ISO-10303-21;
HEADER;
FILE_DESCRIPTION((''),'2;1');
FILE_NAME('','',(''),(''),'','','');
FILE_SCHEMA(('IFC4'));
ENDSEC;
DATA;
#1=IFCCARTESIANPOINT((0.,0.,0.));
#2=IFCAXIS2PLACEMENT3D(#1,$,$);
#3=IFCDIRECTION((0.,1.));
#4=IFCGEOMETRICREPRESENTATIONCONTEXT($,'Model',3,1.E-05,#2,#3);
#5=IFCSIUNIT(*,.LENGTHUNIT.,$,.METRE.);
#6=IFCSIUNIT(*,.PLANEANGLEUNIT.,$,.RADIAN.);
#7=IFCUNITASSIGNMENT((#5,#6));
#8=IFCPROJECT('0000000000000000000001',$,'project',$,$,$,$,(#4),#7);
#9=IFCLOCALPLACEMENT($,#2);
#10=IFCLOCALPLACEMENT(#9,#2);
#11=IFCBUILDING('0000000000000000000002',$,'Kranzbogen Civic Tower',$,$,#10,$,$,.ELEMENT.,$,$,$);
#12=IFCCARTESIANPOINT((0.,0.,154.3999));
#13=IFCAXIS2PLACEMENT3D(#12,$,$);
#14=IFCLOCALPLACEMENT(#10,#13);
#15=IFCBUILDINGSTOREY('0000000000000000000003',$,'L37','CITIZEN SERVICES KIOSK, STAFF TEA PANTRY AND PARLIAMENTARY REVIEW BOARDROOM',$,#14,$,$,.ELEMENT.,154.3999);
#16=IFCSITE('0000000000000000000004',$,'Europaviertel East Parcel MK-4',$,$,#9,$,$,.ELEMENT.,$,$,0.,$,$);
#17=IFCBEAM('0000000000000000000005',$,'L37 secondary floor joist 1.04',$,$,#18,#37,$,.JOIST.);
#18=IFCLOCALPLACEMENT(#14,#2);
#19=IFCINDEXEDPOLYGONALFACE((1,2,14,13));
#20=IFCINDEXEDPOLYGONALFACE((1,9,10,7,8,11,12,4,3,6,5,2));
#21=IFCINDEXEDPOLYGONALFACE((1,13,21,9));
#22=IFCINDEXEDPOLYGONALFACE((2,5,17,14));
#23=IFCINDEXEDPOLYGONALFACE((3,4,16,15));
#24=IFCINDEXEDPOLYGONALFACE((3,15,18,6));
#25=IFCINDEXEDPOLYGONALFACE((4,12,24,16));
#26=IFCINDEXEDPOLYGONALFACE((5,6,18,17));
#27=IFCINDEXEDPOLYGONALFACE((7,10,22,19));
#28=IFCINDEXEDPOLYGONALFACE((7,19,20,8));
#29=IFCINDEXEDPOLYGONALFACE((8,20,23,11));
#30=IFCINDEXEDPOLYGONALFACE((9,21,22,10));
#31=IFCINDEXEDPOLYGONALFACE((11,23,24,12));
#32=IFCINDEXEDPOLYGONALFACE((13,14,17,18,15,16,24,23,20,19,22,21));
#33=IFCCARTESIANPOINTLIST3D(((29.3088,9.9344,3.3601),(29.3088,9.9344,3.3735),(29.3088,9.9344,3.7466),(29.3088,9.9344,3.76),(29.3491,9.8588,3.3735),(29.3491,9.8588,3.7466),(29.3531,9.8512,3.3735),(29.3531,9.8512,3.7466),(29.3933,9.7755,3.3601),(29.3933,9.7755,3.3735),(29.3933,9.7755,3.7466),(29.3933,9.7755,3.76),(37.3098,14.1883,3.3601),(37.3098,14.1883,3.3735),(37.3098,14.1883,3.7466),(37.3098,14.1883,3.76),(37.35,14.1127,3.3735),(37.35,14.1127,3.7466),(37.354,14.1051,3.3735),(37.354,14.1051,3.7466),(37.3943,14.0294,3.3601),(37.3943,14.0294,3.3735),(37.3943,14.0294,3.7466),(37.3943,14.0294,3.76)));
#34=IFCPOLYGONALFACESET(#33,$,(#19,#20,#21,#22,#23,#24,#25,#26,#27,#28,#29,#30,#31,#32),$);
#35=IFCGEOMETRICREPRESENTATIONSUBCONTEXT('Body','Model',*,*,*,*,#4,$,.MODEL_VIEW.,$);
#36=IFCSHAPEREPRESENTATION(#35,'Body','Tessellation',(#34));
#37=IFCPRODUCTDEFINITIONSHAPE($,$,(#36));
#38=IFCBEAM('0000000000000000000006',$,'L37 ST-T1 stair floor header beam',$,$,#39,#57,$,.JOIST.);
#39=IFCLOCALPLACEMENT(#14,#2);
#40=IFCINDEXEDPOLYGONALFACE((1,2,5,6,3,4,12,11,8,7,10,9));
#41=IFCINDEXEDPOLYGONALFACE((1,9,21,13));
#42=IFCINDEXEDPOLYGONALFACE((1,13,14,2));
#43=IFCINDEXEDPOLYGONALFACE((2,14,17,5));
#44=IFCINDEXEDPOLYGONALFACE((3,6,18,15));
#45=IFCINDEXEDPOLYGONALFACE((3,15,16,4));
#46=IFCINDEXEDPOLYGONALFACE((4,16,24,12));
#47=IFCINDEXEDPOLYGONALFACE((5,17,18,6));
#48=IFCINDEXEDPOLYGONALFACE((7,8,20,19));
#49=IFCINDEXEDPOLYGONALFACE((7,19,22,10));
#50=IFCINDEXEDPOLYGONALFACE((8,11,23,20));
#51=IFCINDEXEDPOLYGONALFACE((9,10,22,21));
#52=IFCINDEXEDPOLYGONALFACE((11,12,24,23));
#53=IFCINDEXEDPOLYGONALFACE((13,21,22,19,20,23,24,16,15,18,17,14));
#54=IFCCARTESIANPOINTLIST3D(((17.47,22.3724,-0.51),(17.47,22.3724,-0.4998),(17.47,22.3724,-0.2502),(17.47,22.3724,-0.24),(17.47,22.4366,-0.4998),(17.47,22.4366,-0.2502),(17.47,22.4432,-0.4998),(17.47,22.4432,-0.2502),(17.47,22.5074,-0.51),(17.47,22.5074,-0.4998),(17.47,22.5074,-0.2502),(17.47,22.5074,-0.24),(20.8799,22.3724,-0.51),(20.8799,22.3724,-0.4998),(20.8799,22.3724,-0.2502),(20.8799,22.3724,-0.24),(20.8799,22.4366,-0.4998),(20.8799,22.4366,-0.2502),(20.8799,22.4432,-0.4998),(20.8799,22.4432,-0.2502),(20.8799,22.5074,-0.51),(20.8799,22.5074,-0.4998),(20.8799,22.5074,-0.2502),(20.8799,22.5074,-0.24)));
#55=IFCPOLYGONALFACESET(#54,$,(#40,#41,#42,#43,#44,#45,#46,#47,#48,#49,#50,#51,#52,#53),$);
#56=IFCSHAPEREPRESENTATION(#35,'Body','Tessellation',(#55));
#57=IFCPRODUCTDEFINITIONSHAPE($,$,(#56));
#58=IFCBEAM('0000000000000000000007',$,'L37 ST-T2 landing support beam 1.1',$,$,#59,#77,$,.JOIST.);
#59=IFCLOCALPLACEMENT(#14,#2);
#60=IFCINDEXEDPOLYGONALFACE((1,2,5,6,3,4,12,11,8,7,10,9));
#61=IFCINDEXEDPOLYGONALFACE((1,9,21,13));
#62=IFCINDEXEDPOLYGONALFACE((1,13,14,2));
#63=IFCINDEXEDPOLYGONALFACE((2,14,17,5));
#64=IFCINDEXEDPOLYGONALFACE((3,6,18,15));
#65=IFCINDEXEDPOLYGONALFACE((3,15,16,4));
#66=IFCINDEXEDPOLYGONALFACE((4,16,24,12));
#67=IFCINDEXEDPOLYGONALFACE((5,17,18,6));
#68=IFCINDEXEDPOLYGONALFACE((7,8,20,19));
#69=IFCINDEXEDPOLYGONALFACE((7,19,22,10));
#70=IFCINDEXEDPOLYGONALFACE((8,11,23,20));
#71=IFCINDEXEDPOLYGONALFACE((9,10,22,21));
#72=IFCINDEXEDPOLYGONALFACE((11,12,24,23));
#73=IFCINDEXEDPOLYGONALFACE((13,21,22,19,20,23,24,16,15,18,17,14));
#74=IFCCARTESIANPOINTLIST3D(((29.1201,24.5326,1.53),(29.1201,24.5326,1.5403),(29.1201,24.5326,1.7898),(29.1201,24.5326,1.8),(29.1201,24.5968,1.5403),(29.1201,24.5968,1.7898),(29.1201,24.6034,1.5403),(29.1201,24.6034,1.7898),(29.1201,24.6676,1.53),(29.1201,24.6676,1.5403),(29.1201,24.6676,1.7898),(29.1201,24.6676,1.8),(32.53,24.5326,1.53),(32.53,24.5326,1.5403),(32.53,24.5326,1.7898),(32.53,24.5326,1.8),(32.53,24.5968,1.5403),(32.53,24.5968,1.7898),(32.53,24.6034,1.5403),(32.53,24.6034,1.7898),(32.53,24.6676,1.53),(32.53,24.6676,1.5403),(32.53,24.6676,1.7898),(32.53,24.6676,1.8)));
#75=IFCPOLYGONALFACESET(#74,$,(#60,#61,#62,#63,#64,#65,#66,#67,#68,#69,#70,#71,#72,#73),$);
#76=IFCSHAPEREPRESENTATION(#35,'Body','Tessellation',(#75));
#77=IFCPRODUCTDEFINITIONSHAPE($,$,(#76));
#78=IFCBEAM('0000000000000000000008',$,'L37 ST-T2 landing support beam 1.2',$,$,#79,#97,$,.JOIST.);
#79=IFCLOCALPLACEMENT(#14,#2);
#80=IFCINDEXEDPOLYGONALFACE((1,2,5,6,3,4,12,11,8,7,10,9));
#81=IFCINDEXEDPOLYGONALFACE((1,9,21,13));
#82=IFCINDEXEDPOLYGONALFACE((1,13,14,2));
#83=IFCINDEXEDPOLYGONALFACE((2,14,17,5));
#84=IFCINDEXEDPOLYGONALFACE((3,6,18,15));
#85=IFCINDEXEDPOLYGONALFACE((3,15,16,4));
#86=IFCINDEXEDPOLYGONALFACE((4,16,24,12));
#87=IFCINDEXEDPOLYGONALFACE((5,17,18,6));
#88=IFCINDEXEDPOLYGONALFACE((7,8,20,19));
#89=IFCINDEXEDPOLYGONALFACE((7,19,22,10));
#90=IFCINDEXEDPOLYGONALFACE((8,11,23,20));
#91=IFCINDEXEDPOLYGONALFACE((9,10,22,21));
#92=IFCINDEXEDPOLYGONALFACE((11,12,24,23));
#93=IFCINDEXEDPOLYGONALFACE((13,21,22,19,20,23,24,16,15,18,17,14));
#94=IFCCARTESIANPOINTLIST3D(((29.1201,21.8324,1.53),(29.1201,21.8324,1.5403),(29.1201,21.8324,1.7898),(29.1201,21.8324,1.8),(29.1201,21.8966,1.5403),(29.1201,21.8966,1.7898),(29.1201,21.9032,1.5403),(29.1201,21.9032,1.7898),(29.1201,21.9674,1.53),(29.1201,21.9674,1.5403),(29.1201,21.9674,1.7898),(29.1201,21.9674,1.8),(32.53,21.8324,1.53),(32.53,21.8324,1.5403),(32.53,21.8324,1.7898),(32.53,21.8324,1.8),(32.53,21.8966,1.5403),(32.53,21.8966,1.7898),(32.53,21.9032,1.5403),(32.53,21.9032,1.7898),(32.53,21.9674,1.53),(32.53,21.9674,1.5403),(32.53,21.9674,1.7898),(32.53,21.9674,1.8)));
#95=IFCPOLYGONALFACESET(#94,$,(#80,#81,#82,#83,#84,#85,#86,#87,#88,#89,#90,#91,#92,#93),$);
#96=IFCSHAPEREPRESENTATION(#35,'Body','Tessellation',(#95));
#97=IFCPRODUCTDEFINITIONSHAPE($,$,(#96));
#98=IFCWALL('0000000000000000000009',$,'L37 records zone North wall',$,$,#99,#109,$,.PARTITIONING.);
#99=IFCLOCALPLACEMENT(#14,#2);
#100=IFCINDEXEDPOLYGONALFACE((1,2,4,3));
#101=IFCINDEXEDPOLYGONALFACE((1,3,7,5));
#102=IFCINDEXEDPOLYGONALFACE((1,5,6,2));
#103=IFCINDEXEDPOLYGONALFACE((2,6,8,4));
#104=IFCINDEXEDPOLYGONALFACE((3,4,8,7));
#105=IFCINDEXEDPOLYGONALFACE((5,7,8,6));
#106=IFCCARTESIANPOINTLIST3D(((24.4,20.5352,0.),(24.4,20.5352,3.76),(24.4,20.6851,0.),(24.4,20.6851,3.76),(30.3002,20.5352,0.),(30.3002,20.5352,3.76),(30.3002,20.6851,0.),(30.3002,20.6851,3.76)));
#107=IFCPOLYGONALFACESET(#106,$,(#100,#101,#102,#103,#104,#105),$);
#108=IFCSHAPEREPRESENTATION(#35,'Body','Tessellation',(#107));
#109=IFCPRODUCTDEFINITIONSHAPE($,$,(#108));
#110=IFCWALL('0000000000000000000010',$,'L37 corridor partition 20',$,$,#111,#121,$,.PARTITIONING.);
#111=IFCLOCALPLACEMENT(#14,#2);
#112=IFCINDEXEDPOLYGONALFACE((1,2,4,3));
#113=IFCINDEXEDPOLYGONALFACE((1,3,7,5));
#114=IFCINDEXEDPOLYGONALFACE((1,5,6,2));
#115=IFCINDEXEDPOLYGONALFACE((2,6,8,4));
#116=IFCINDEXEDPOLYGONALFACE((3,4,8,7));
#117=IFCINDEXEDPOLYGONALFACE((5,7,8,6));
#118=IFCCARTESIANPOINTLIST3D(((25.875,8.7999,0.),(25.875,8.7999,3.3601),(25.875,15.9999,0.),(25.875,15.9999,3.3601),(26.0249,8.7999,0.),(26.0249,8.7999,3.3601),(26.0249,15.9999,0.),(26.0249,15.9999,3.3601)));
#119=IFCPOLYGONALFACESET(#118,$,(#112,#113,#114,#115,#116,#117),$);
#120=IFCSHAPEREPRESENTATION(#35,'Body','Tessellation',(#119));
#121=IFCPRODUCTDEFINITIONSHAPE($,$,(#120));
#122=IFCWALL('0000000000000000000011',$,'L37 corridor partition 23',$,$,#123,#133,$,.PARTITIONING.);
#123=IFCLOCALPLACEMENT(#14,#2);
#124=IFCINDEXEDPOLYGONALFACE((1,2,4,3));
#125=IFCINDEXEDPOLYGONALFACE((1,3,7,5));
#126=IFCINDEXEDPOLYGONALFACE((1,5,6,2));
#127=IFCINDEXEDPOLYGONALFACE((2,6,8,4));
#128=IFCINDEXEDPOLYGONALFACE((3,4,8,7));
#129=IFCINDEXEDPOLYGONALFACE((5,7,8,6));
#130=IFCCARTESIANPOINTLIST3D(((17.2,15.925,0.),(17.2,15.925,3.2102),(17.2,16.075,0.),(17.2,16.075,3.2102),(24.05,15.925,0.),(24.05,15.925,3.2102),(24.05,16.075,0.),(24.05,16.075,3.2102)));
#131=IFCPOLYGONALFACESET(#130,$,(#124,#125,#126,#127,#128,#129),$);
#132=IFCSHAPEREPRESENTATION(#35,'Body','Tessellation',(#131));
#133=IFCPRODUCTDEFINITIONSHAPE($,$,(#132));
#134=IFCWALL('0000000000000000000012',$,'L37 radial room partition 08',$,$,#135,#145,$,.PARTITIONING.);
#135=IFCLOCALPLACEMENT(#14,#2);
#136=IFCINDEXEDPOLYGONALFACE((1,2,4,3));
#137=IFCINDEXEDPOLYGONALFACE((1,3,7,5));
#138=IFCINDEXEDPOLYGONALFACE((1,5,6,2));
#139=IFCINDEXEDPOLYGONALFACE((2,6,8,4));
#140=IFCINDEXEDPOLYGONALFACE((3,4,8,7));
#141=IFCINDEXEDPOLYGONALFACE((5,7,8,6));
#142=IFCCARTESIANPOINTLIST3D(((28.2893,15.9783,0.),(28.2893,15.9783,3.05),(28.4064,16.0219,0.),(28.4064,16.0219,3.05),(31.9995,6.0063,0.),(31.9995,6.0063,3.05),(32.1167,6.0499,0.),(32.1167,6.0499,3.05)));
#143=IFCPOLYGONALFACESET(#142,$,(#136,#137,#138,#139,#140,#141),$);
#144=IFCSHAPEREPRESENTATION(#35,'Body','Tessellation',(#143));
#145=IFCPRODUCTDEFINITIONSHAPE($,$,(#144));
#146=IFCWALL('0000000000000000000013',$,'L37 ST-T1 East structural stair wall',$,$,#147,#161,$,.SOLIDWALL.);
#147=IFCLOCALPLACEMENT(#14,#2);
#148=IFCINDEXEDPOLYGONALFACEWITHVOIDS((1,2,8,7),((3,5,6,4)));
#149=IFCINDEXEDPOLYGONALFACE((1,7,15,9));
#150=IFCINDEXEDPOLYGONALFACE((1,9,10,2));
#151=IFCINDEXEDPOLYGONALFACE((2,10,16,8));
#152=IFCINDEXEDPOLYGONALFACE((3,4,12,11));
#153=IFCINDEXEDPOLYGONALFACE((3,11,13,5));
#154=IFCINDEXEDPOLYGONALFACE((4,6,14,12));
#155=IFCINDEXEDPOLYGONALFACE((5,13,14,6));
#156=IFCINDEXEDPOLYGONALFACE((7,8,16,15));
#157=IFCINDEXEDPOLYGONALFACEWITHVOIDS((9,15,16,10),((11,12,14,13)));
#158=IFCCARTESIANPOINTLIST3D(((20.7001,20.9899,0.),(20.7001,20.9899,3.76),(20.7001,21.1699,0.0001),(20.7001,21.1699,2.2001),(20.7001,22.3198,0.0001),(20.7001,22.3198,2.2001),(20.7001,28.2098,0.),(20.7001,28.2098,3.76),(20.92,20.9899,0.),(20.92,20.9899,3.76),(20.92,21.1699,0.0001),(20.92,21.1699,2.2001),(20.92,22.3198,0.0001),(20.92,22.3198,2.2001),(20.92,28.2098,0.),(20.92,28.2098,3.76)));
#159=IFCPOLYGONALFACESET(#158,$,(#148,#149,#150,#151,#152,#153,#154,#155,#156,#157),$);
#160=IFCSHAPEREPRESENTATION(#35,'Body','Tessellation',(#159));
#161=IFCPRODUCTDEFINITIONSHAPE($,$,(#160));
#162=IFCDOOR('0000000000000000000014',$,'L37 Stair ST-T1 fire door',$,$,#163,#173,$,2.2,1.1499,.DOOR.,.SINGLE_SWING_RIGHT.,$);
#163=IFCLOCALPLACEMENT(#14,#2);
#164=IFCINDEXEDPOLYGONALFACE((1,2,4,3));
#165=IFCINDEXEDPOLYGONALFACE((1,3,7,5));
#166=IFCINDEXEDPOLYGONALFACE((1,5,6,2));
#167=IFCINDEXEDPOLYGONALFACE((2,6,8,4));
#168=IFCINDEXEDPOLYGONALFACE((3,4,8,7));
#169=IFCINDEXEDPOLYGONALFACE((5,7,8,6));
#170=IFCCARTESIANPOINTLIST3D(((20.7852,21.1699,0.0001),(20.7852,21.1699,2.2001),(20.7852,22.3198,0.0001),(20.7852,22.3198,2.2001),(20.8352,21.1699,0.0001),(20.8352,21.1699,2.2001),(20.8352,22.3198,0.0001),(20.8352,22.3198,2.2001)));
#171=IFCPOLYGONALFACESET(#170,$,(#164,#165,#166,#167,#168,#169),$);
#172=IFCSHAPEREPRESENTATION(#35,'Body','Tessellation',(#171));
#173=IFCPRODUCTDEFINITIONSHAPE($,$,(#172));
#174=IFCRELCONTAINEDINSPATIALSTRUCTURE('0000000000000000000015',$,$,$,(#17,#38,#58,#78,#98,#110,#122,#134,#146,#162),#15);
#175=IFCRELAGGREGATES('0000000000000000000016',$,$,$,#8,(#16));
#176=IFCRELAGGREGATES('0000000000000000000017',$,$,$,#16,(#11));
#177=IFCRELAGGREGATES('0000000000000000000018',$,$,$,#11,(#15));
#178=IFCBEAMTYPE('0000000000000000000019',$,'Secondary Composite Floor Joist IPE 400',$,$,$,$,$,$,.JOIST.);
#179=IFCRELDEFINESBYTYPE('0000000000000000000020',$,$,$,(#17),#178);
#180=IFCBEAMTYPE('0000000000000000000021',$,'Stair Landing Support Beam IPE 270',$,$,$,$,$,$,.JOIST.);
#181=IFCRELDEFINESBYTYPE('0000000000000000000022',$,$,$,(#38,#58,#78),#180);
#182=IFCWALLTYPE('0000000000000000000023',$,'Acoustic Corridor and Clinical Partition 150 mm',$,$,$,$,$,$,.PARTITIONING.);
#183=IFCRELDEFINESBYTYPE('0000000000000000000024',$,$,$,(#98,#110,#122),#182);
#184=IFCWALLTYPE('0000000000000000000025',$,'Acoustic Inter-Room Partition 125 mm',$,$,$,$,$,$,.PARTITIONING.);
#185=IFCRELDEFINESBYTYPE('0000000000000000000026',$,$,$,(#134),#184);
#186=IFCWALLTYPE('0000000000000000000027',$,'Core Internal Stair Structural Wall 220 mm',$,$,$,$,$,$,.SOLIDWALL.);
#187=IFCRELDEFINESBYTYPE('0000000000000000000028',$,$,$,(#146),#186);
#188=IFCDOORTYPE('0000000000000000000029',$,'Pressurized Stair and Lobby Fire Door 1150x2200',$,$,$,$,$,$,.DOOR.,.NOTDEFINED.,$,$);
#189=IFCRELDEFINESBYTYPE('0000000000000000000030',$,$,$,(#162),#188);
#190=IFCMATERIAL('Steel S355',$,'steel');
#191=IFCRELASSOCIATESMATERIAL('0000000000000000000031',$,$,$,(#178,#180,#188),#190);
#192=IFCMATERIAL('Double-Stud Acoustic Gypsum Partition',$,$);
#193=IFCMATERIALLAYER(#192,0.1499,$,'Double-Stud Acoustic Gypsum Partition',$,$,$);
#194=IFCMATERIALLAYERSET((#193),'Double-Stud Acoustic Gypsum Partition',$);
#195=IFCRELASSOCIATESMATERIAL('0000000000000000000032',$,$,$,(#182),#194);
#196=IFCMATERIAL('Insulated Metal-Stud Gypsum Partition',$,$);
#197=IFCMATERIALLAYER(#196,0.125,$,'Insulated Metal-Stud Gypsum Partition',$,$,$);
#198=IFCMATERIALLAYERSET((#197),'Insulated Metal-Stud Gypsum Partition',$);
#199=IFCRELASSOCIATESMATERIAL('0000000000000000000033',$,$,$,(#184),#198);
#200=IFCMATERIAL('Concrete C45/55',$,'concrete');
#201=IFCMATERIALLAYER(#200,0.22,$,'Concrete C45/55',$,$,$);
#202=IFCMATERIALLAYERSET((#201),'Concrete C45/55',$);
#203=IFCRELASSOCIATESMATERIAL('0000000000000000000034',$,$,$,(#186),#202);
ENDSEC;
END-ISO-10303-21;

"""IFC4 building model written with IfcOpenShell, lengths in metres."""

from ifc_helpers import new_model, si_unit, direction, frame, frame_2d, origin, origin_2d, place, context, subcontext, project, spatial, rectangle, i_section, extrude, material, layer, layer_set, material_profile, profile_set, type_object, element, fill, save


model = new_model("IFC4")

# Units and contexts
model_context = context("Model", 3, precision=1e-05, world=origin(), true_north=direction((0.0, 1.0)))
body_context = subcontext(model_context, "Body", "Model", "MODEL_VIEW")
ifc_project = project(units=[si_unit("LENGTHUNIT", "METRE"), si_unit("PLANEANGLEUNIT", "RADIAN")], contexts=[model_context])

# Site, building, storey
site_placement = place(None, origin())
site = spatial("IfcSite", under=ifc_project, at=site_placement, Name="Europaviertel East Parcel MK-4", CompositionType="ELEMENT", RefElevation=0.0)
building_placement = place(site_placement, origin())
building = spatial("IfcBuilding", under=site, at=building_placement, Name="Kranzbogen Civic Tower", CompositionType="ELEMENT")
storey_placement = place(building_placement, frame((0.0, 0.0, 154.3999)))
storey = spatial("IfcBuildingStorey", under=building, at=storey_placement, Name="L37", Description="CITIZEN SERVICES KIOSK, STAFF TEA PANTRY AND PARLIAMENTARY REVIEW BOARDROOM", CompositionType="ELEMENT", Elevation=154.3999)

# Beams
ifc_material_1 = material(Name="Steel S355", Category="steel")
ifc_material_profile_1 = material_profile(ifc_material_1, i_section(OverallWidth=0.1799, OverallDepth=0.3999, WebThickness=0.0085, FlangeThickness=0.0134, at=origin_2d()), Name="IPE 400")
ifc_profile_set_1 = profile_set([ifc_material_profile_1], Name="Steel S355")
beam_type_1 = type_object("IfcBeamType", Name="Secondary Composite Floor Joist IPE 400", PredefinedType="JOIST", material=ifc_profile_set_1)
beam_placement = place(storey_placement, frame((29.3511, 9.855, 3.5601), z_axis=(0.882961, 0.469447, 0.0), x_axis=(-0.469447, 0.882961, 0.0)))
element("IfcBeam", 1, at=beam_placement, inside=storey, type_object=beam_type_1, Name="L37 secondary floor joist 1.04", PredefinedType="JOIST", context=body_context, shape_type="SweptSolid", body=[
    extrude(i_section(OverallWidth=0.1799, OverallDepth=0.3999, WebThickness=0.0085, FlangeThickness=0.0134, at=origin_2d()), origin(), (0.0, 0.0, 1.0), 9.0615),
])
ifc_material_profile_2 = material_profile(ifc_material_1, i_section(OverallWidth=0.135, OverallDepth=0.27, WebThickness=0.0066, FlangeThickness=0.0103, at=origin_2d()), Name="IPE 270")
ifc_profile_set_2 = profile_set([ifc_material_profile_2], Name="Steel S355")
beam_type_2 = type_object("IfcBeamType", Name="Stair Landing Support Beam IPE 270", PredefinedType="JOIST", material=ifc_profile_set_2)
for number, where, z_axis, x_axis, name in (
    (2, (20.8799, 22.4399, -0.375), (-1.0, 0.0, 0.0), (0.0, -1.0, 0.0), "L37 ST-T1 stair floor header beam"),
    (3, (29.1201, 24.6001, 1.665), (1.0, 0.0, 0.0), (0.0, 1.0, 0.0), "L37 ST-T2 landing support beam 1.1"),
    (4, (29.1201, 21.8999, 1.665), (1.0, 0.0, 0.0), (0.0, 1.0, 0.0), "L37 ST-T2 landing support beam 1.2"),
):
    element("IfcBeam", number, at=place(storey_placement, frame(where, z_axis=z_axis, x_axis=x_axis)), inside=storey, type_object=beam_type_2, Name=name, PredefinedType="JOIST", context=body_context, shape_type="SweptSolid", body=[
        extrude(i_section(OverallWidth=0.135, OverallDepth=0.27, WebThickness=0.0066, FlangeThickness=0.0103, at=origin_2d()), origin(), (0.0, 0.0, 1.0), 3.4099),
    ])

# Walls
ifc_material_2 = material(Name="Double-Stud Acoustic Gypsum Partition")
ifc_layer_1 = layer(ifc_material_2, 0.1499, Name="Double-Stud Acoustic Gypsum Partition")
ifc_layer_set_1 = layer_set([ifc_layer_1], Name="Double-Stud Acoustic Gypsum Partition")
wall_type_1 = type_object("IfcWallType", Name="Acoustic Corridor and Clinical Partition 150 mm", PredefinedType="PARTITIONING", material=ifc_layer_set_1)
wall_1_placement = place(storey_placement, frame((24.3999, 20.6101, 0.0), z_axis=(0.0, 0.0, 1.0), x_axis=(1.0, 0.0, 0.0)))
element("IfcWall", 5, at=wall_1_placement, inside=storey, type_object=wall_type_1, Name="L37 records zone North wall", PredefinedType="PARTITIONING", context=body_context, shape_type="SweptSolid", body=[
    extrude(rectangle(XDim=5.9001, YDim=0.1499, at=frame_2d((2.9502, 0.0))), origin(), (0.0, 0.0, 1.0), 3.76),
])
wall_2_placement = place(storey_placement, frame((25.95, 16.0, 0.0), z_axis=(0.0, 0.0, 1.0), x_axis=(0.0, -1.0, 0.0)))
element("IfcWall", 6, at=wall_2_placement, inside=storey, type_object=wall_type_1, Name="L37 corridor partition 20", PredefinedType="PARTITIONING", context=body_context, shape_type="SweptSolid", body=[
    extrude(rectangle(XDim=7.2, YDim=0.1499, at=frame_2d((3.6001, 0.0))), origin(), (0.0, 0.0, 1.0), 3.3601),
])
wall_3_placement = place(storey_placement, frame((24.05, 16.0, 0.0), z_axis=(0.0, 0.0, 1.0), x_axis=(-1.0, 0.0, 0.0)))
element("IfcWall", 7, at=wall_3_placement, inside=storey, type_object=wall_type_1, Name="L37 corridor partition 23", PredefinedType="PARTITIONING", context=body_context, shape_type="SweptSolid", body=[
    extrude(rectangle(XDim=6.8501, YDim=0.1499, at=frame_2d((3.425, 0.0))), origin(), (0.0, 0.0, 1.0), 3.2102),
])
ifc_material_3 = material(Name="Insulated Metal-Stud Gypsum Partition")
ifc_layer_2 = layer(ifc_material_3, 0.125, Name="Insulated Metal-Stud Gypsum Partition")
ifc_layer_set_2 = layer_set([ifc_layer_2], Name="Insulated Metal-Stud Gypsum Partition")
wall_type_2 = type_object("IfcWallType", Name="Acoustic Inter-Room Partition 125 mm", PredefinedType="PARTITIONING", material=ifc_layer_set_2)
wall_4_placement = place(storey_placement, frame((28.3479, 16.0, 0.0), z_axis=(0.0, 0.0, 1.0), x_axis=(0.348711, -0.93723, 0.0)))
element("IfcWall", 8, at=wall_4_placement, inside=storey, type_object=wall_type_2, Name="L37 radial room partition 08", PredefinedType="PARTITIONING", context=body_context, shape_type="SweptSolid", body=[
    extrude(rectangle(XDim=10.6399, YDim=0.125, at=frame_2d((5.3198, 0.0))), origin(), (0.0, 0.0, 1.0), 3.05),
])

# Wall, opening, door
ifc_material_4 = material(Name="Concrete C45/55", Category="concrete")
ifc_layer_3 = layer(ifc_material_4, 0.22, Name="Concrete C45/55")
ifc_layer_set_3 = layer_set([ifc_layer_3], Name="Concrete C45/55")
wall_type_3 = type_object("IfcWallType", Name="Core Internal Stair Structural Wall 220 mm", PredefinedType="SOLIDWALL", material=ifc_layer_set_3)
wall_5_placement = place(storey_placement, frame((20.8101, 20.99, 0.0), z_axis=(0.0, 0.0, 1.0), x_axis=(0.0, 1.0, 0.0)))
wall_5 = element("IfcWall", 9, at=wall_5_placement, inside=storey, type_object=wall_type_3, Name="L37 ST-T1 East structural stair wall", PredefinedType="SOLIDWALL", context=body_context, shape_type="SweptSolid", body=[
    extrude(rectangle(XDim=7.22, YDim=0.22, at=frame_2d((3.6099, 0.0))), origin(), (0.0, 0.0, 1.0), 3.76),
])
opening_1_placement = place(wall_5_placement, frame((0.1799, 0.0, 0.0)))
opening_1 = element("IfcOpeningElement", 10, at=opening_1_placement, cuts=wall_5, PredefinedType="OPENING", context=body_context, shape_type="SweptSolid", body=[
    extrude(rectangle(XDim=1.1499, YDim=2.2, at=frame_2d((0.575, 1.1001))), frame((0.0, 0.1201, 0.0), z_axis=(0.0, -1.0, 0.0), x_axis=(1.0, 0.0, 0.0)), (0.0, 0.0, 1.0), 0.24),
])
door_type_1 = type_object("IfcDoorType", Name="Pressurized Stair and Lobby Fire Door 1150x2200", OperationType="NOTDEFINED", PredefinedType="DOOR", material=ifc_material_1)
door_1_placement = place(opening_1_placement, origin())
door_1 = element("IfcDoor", 11, at=door_1_placement, inside=storey, type_object=door_type_1, Name="L37 Stair ST-T1 fire door", OperationType="SINGLE_SWING_RIGHT", OverallHeight=2.2, OverallWidth=1.1499, PredefinedType="DOOR", context=body_context, shape_type="SweptSolid", body=[
    extrude(rectangle(XDim=1.1499, YDim=2.2, at=frame_2d((0.575, 1.1001))), frame((0.0, 0.0249, 0.0), z_axis=(0.0, -1.0, 0.0), x_axis=(1.0, 0.0, 0.0)), (0.0, 0.0, 1.0), 0.05),
])
fill(opening_1, door_1)

save(model, "model.ifc")
